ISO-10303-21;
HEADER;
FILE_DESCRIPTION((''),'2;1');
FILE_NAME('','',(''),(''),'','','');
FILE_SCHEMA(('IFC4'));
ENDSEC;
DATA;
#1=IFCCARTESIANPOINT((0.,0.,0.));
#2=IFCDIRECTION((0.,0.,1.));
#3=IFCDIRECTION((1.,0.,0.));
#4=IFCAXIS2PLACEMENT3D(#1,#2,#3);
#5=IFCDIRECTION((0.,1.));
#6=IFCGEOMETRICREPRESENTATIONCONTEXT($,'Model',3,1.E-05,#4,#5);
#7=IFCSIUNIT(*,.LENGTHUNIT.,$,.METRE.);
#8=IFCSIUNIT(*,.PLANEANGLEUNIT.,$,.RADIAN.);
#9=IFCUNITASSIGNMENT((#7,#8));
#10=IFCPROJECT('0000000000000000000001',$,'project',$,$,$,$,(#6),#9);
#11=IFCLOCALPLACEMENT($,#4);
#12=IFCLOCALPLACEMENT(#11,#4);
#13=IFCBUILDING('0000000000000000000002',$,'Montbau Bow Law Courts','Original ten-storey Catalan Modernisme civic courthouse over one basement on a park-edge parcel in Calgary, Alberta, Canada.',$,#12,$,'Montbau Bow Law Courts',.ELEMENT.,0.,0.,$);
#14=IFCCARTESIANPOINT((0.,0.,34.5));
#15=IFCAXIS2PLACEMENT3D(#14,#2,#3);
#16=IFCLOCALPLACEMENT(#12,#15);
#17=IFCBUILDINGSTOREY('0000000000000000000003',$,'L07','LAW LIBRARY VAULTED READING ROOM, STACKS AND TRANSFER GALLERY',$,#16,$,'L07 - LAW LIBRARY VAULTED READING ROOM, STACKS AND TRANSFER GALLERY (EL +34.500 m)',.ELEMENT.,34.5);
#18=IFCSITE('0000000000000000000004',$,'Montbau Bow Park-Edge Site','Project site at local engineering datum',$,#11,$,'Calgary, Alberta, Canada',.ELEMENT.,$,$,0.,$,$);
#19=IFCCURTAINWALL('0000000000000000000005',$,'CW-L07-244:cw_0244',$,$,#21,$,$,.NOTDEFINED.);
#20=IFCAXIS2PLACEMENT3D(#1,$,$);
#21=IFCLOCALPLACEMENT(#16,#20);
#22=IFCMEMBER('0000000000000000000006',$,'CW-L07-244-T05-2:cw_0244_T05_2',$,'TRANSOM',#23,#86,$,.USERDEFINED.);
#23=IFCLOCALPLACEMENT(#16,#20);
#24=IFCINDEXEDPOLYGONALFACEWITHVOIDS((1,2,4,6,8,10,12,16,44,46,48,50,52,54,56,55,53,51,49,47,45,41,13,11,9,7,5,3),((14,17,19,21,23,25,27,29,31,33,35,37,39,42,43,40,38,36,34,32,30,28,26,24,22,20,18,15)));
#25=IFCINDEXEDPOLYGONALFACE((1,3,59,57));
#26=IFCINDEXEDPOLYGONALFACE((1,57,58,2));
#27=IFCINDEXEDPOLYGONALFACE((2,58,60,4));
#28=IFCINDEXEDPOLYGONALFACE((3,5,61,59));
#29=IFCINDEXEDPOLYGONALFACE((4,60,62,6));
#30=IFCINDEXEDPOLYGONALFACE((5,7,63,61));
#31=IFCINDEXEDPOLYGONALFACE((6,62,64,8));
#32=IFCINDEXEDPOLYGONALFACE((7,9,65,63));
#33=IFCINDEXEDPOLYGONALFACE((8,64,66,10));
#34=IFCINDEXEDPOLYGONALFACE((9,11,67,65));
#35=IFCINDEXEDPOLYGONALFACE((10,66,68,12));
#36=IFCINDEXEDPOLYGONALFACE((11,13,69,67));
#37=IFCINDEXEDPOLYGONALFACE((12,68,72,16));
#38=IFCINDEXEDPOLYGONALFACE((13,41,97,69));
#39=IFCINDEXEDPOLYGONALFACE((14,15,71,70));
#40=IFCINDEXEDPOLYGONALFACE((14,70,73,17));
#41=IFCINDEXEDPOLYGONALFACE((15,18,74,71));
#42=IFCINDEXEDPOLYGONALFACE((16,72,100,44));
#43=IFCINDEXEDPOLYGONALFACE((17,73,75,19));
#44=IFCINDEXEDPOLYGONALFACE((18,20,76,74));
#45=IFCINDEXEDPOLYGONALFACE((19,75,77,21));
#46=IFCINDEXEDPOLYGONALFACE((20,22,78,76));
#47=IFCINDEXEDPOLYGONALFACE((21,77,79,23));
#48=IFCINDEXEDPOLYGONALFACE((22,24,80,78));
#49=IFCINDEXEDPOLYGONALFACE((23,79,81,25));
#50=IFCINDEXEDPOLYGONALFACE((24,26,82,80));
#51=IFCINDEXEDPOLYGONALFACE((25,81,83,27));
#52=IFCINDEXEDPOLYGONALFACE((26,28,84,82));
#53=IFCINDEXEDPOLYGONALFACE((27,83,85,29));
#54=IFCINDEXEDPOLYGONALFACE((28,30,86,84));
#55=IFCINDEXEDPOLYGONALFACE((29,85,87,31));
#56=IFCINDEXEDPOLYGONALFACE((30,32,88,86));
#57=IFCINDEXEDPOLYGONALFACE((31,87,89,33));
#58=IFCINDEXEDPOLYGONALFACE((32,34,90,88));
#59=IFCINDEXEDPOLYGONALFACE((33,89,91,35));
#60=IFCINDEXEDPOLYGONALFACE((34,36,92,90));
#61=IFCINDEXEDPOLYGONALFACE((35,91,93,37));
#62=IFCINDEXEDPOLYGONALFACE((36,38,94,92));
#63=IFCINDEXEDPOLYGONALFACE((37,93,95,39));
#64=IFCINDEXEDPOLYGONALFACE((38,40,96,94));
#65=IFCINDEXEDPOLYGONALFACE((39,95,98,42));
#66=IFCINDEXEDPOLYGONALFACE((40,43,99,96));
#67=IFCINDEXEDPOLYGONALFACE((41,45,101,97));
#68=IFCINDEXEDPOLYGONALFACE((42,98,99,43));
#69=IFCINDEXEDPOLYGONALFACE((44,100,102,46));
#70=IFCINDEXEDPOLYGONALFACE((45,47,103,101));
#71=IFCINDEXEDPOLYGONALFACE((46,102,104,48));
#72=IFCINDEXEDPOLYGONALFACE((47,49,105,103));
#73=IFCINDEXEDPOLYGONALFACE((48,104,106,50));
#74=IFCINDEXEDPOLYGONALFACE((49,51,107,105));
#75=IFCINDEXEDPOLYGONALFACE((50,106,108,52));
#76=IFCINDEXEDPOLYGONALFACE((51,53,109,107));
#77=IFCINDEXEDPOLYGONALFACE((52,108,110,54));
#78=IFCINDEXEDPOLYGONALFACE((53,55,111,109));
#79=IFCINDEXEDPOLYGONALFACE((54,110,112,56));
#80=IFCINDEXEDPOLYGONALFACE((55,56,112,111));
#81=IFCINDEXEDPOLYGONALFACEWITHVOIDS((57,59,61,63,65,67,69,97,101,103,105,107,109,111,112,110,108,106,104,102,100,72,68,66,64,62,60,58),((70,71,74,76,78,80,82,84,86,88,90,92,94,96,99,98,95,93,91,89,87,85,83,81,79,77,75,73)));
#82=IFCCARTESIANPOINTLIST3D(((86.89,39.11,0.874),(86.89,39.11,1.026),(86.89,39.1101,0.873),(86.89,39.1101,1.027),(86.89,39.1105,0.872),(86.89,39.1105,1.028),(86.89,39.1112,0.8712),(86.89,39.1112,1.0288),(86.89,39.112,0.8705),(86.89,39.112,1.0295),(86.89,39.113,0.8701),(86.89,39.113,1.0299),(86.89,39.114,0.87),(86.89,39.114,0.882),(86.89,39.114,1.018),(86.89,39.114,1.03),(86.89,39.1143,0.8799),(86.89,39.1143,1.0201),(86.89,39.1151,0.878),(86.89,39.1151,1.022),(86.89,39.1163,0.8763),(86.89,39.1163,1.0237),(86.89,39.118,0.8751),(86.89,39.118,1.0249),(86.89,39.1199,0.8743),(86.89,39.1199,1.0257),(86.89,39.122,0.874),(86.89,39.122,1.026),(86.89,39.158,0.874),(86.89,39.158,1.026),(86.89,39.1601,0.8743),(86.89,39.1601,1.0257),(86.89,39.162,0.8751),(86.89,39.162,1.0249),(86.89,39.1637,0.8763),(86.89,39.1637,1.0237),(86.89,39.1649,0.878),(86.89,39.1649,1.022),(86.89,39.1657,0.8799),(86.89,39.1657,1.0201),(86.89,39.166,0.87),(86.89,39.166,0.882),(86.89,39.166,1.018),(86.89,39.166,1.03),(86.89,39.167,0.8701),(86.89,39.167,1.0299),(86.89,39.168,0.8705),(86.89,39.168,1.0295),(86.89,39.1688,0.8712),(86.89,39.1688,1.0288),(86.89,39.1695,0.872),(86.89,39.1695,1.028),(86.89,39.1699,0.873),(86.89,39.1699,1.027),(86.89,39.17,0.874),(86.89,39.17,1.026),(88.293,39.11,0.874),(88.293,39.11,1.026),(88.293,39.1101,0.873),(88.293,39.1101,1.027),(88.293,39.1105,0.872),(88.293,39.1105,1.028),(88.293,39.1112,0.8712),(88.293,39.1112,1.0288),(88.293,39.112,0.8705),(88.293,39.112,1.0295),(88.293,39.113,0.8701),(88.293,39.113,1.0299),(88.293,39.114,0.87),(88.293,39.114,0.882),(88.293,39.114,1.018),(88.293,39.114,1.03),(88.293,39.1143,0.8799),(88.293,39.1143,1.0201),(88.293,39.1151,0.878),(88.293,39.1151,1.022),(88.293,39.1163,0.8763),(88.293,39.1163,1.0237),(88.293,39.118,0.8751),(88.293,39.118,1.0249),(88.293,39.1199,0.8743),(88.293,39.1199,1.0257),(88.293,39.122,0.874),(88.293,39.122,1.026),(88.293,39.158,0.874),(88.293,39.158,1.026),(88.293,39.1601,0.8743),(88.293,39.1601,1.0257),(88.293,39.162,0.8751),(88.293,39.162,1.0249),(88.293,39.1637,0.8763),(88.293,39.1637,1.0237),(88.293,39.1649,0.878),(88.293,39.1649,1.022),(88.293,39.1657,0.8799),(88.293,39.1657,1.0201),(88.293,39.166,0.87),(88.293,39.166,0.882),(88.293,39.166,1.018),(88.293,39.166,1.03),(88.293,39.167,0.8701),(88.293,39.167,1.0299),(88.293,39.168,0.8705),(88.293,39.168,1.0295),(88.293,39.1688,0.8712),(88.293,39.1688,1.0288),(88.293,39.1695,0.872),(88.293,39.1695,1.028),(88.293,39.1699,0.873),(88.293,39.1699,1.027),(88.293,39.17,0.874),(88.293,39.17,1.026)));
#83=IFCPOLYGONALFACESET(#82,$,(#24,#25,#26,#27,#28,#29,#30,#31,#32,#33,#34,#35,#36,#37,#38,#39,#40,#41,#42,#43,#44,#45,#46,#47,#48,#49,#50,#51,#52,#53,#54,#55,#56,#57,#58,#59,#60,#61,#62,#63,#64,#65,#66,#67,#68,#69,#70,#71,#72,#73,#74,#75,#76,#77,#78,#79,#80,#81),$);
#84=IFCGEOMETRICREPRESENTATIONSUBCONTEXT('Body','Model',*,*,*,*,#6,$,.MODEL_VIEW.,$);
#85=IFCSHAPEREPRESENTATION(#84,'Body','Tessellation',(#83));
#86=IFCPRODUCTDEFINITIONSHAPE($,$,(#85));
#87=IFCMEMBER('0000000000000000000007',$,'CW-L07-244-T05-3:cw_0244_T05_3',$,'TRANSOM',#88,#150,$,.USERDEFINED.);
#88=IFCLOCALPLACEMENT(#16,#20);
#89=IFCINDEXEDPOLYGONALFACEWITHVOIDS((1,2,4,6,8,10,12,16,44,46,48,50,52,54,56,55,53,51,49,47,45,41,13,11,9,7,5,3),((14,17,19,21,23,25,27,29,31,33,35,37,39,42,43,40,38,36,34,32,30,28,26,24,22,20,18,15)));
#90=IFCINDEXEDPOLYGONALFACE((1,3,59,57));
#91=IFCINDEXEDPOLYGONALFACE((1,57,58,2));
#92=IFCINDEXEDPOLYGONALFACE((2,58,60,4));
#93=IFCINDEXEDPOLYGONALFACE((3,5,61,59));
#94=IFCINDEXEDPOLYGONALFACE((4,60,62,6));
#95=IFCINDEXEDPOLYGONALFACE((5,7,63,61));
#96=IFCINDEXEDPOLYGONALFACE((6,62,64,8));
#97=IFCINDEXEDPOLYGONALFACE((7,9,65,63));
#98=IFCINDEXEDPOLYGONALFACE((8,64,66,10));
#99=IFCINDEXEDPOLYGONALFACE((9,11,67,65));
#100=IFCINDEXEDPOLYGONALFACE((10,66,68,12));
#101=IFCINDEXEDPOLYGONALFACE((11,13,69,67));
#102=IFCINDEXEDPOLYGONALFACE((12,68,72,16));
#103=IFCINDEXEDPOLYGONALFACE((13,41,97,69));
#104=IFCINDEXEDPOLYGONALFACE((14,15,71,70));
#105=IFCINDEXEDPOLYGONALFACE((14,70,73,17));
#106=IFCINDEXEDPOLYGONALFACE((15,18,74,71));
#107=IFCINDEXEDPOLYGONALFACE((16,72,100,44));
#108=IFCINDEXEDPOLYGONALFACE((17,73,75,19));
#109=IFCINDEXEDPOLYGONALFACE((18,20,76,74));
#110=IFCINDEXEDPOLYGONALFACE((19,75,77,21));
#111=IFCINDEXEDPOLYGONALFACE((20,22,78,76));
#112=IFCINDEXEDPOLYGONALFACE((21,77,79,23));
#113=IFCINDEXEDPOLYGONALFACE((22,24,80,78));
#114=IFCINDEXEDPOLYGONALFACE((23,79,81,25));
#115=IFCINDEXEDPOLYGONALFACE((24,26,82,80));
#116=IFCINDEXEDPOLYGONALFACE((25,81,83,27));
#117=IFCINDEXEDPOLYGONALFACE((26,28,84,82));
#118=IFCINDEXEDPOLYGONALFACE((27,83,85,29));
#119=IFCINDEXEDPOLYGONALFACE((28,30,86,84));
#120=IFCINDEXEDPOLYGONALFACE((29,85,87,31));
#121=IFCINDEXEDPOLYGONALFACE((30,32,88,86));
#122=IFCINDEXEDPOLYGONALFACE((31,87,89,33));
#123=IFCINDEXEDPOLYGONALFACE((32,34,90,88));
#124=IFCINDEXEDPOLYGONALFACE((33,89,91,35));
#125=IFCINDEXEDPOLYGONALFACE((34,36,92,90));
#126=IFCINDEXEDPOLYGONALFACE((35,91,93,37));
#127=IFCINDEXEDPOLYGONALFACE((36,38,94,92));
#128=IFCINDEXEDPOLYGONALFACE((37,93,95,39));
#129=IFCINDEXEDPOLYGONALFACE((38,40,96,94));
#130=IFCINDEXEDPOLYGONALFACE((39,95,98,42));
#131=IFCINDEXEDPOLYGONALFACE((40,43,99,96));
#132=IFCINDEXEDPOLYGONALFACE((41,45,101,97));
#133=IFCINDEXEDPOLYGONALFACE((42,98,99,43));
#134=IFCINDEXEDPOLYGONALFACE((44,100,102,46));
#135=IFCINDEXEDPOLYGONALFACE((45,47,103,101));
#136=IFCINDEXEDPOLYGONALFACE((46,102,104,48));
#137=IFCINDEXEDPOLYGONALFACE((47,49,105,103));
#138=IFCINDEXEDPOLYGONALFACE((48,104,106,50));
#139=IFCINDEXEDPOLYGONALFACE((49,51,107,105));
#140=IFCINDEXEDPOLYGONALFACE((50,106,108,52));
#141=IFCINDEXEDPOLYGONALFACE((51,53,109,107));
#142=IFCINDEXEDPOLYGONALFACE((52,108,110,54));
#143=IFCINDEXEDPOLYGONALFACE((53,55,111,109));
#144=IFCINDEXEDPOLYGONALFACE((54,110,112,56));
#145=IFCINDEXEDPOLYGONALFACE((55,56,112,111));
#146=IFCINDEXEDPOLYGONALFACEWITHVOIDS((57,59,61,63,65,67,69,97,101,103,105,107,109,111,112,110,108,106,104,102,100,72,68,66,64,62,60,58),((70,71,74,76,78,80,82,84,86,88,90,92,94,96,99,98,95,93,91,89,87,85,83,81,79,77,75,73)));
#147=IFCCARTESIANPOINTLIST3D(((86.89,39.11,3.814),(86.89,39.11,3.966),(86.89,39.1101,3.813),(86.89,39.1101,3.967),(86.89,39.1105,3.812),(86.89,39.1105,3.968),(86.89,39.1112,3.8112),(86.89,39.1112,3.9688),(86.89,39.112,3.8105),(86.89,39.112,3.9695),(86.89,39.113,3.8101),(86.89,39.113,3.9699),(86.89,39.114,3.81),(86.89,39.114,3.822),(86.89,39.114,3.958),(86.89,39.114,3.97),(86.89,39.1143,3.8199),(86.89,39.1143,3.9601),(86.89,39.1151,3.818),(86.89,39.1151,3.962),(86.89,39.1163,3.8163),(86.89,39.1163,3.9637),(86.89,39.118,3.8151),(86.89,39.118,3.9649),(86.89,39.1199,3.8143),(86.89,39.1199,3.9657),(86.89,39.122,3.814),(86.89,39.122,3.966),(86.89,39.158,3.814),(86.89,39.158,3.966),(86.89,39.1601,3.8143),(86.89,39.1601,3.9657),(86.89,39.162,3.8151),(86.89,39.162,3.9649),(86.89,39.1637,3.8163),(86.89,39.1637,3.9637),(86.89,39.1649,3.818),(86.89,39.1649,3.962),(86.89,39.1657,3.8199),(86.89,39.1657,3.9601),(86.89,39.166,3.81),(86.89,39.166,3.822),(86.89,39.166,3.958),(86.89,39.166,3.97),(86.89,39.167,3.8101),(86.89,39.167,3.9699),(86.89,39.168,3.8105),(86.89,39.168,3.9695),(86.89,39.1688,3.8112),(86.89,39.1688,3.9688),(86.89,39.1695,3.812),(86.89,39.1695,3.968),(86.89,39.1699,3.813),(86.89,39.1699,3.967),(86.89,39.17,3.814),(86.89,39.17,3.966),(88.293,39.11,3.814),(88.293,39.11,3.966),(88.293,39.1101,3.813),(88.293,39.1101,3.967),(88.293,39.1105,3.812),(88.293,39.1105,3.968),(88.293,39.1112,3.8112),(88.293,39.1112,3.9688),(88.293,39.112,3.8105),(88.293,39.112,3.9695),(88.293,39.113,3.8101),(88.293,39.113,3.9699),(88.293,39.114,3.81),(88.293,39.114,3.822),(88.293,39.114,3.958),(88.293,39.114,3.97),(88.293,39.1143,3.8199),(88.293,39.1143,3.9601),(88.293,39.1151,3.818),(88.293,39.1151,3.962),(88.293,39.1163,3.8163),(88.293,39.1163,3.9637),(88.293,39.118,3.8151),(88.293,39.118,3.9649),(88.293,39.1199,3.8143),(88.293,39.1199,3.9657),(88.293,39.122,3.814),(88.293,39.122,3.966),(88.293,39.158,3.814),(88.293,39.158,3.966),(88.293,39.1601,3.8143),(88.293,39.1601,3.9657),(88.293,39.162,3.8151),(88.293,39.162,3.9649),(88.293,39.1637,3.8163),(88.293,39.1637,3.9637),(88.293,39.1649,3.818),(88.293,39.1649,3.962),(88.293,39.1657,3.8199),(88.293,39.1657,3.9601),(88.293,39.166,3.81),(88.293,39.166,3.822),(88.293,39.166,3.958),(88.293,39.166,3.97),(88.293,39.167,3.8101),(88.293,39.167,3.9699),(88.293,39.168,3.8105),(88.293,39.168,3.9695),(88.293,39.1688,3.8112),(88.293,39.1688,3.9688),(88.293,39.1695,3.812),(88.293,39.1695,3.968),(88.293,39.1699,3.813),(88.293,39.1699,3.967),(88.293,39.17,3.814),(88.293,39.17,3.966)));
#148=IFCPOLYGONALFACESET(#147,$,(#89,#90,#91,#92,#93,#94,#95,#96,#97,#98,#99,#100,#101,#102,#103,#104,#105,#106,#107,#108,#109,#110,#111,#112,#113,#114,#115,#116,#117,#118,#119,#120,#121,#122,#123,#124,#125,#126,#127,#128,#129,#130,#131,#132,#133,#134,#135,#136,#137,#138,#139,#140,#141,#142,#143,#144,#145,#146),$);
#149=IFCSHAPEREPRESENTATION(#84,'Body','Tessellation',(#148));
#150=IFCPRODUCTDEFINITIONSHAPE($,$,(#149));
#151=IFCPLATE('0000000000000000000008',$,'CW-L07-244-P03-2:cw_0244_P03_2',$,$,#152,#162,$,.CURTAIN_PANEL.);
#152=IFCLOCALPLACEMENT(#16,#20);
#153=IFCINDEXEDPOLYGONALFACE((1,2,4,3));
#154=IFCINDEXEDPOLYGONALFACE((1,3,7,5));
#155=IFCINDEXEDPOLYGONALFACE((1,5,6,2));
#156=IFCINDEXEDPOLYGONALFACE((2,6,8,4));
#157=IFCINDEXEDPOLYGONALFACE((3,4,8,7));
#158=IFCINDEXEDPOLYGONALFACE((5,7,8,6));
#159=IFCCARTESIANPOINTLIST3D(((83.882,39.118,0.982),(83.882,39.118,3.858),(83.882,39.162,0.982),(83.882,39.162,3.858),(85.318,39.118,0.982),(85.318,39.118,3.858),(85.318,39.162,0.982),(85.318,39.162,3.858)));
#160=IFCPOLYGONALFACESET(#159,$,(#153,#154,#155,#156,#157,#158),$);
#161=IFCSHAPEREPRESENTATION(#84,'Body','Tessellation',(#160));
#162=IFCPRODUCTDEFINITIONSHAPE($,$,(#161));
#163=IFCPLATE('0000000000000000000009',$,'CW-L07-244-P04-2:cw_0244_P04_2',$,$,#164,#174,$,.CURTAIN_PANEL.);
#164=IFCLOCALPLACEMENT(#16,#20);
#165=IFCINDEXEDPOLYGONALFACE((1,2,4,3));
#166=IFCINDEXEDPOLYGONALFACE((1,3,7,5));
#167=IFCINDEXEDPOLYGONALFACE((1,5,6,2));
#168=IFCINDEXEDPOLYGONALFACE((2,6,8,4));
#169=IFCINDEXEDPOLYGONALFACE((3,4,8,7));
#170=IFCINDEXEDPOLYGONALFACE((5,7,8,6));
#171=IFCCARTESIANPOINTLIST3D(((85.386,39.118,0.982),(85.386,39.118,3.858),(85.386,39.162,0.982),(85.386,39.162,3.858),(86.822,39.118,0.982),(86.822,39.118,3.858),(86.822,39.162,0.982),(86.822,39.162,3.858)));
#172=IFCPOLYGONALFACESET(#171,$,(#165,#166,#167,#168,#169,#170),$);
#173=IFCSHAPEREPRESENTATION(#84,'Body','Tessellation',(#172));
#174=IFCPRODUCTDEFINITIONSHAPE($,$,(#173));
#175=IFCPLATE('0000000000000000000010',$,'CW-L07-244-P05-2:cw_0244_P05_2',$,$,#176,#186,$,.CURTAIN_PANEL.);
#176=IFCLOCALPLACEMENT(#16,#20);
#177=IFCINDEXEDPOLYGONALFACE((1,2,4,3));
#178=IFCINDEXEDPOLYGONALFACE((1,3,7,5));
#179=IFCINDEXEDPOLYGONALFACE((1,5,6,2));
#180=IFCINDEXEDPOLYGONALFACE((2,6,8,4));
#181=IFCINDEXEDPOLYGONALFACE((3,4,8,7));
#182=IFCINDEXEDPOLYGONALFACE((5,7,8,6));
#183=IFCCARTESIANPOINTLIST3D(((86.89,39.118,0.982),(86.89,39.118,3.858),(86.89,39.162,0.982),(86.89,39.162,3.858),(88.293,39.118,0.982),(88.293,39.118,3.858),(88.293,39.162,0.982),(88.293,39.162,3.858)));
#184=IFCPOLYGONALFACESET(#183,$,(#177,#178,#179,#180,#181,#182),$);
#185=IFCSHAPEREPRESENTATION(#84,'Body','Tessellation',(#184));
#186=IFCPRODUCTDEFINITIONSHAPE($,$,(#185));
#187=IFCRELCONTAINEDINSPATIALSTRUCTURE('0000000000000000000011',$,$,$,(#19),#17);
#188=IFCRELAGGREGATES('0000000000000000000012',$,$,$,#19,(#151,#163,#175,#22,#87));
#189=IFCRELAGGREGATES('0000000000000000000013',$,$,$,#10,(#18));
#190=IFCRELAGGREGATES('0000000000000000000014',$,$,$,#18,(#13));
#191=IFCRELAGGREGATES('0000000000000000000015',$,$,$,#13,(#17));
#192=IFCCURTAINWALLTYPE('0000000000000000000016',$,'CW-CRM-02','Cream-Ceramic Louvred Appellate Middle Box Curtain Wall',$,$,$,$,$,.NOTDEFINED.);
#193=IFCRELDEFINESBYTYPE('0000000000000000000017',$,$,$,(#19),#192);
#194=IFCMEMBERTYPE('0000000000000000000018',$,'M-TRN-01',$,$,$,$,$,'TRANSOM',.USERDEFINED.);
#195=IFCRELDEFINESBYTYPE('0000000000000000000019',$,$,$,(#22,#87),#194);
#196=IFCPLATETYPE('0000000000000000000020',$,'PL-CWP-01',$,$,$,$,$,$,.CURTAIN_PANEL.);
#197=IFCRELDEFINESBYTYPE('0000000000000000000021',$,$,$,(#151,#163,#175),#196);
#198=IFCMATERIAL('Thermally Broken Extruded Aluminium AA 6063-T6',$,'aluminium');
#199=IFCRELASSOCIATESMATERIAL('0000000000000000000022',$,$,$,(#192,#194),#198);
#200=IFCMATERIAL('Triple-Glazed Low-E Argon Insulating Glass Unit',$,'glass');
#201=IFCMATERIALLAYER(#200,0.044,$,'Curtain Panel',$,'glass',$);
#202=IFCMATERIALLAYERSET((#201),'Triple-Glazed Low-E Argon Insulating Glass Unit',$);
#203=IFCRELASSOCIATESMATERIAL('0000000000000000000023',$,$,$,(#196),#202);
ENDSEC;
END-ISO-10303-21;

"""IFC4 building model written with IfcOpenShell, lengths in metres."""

from ifc_helpers import new_model, si_unit, direction, frame, frame_2d, origin_with_axes, origin_2d_with_axis, place, context, subcontext, project, spatial, rectangle, hollow_rectangle, extrude, material, layer, layer_set, material_profile, profile_set, type_object, element, aggregate, save


model = new_model("IFC4")

# Units and contexts
model_context = context("Model", 3, precision=1e-05, world=origin_with_axes(), true_north=direction((0.0, 1.0)))
body_context = subcontext(model_context, "Body", "Model", "MODEL_VIEW")
ifc_project = project(units=[si_unit("LENGTHUNIT", "METRE"), si_unit("PLANEANGLEUNIT", "RADIAN")], contexts=[model_context])

# Site, building, storey
site_placement = place(None, origin_with_axes())
site = spatial("IfcSite", under=ifc_project, at=site_placement, Name="Montbau Bow Park-Edge Site", Description="Project site at local engineering datum", LongName="Calgary, Alberta, Canada", CompositionType="ELEMENT", RefElevation=0.0)
building_placement = place(site_placement, origin_with_axes())
building = spatial("IfcBuilding", under=site, at=building_placement, Name="Montbau Bow Law Courts", Description="Original ten-storey Catalan Modernisme civic courthouse over one basement on a park-edge parcel in Calgary, Alberta, Canada.", LongName="Montbau Bow Law Courts", CompositionType="ELEMENT", ElevationOfRefHeight=0.0, ElevationOfTerrain=0.0)
storey_placement = place(building_placement, frame((0.0, 0.0, 34.5), z_axis=(0.0, 0.0, 1.0), x_axis=(1.0, 0.0, 0.0)))
storey = spatial("IfcBuildingStorey", under=building, at=storey_placement, Name="L07", Description="LAW LIBRARY VAULTED READING ROOM, STACKS AND TRANSFER GALLERY", LongName="L07 - LAW LIBRARY VAULTED READING ROOM, STACKS AND TRANSFER GALLERY (EL +34.500 m)", CompositionType="ELEMENT", Elevation=34.5)

# Curtain wall, members, plates
ifc_material_1 = material(Name="Thermally Broken Extruded Aluminium AA 6063-T6", Category="aluminium")
curtain_wall_type = type_object("IfcCurtainWallType", Name="CW-CRM-02", Description="Cream-Ceramic Louvred Appellate Middle Box Curtain Wall", PredefinedType="NOTDEFINED", material=ifc_material_1)
curtain_wall_placement = place(None, frame((80.84, 39.14, 34.5), z_axis=(0.0, 0.0, 1.0), x_axis=(1.0, 0.0, 0.0)))
curtain_wall = element("IfcCurtainWall", 1, at=curtain_wall_placement, inside=storey, type_object=curtain_wall_type, Name="CW-L07-244:cw_0244", PredefinedType="NOTDEFINED")
ifc_material_profile_1 = material_profile(ifc_material_1, hollow_rectangle(XDim=0.06, YDim=0.16, WallThickness=0.004, InnerFilletRadius=0.008, OuterFilletRadius=0.004, at=origin_2d_with_axis()), Name="CWT-160X60", Category="Main", Priority=0)
ifc_profile_set_1 = profile_set([ifc_material_profile_1], Name="Thermally Broken Extruded Aluminium AA 6063-T6")
member_type_1 = type_object("IfcMemberType", Name="M-TRN-01", ElementType="TRANSOM", PredefinedType="USERDEFINED", material=ifc_profile_set_1)
member_1_placement = place(None, frame((86.89, 39.14, 35.45), z_axis=(1.0, 0.0, 0.0), x_axis=(0.0, 1.0, 0.0)))
member_1 = element("IfcMember", 2, at=member_1_placement, type_object=member_type_1, Name="CW-L07-244-T05-2:cw_0244_T05_2", ObjectType="TRANSOM", PredefinedType="USERDEFINED", context=body_context, shape_type="SweptSolid", body=[
    extrude(hollow_rectangle(XDim=0.06, YDim=0.16, WallThickness=0.004, InnerFilletRadius=0.008, OuterFilletRadius=0.004, at=origin_2d_with_axis()), origin_with_axes(), (0.0, 0.0, 1.0), 1.403),
])
member_2_placement = place(None, frame((86.89, 39.14, 38.39), z_axis=(1.0, 0.0, 0.0), x_axis=(0.0, 1.0, 0.0)))
member_2 = element("IfcMember", 3, at=member_2_placement, type_object=member_type_1, Name="CW-L07-244-T05-3:cw_0244_T05_3", ObjectType="TRANSOM", PredefinedType="USERDEFINED", context=body_context, shape_type="SweptSolid", body=[
    extrude(hollow_rectangle(XDim=0.06, YDim=0.16, WallThickness=0.004, InnerFilletRadius=0.008, OuterFilletRadius=0.004, at=origin_2d_with_axis()), origin_with_axes(), (0.0, 0.0, 1.0), 1.403),
])
ifc_material_2 = material(Name="Triple-Glazed Low-E Argon Insulating Glass Unit", Category="glass")
ifc_layer_1 = layer(ifc_material_2, 0.044, Name="Curtain Panel", Category="glass")
ifc_layer_set_1 = layer_set([ifc_layer_1], Name="Triple-Glazed Low-E Argon Insulating Glass Unit")
plate_type_1 = type_object("IfcPlateType", Name="PL-CWP-01", PredefinedType="CURTAIN_PANEL", material=ifc_layer_set_1)
plate_1_placement = place(None, frame((83.882, 39.14, 35.482), z_axis=(0.0, -1.0, 0.0), x_axis=(1.0, 0.0, 0.0)))
plate_1 = element("IfcPlate", 4, at=plate_1_placement, type_object=plate_type_1, Name="CW-L07-244-P03-2:cw_0244_P03_2", PredefinedType="CURTAIN_PANEL", context=body_context, shape_type="SweptSolid", body=[
    extrude(rectangle(XDim=1.436, YDim=2.876, at=frame_2d((0.718, 1.438), x_axis=(1.0, 0.0))), frame((0.0, 0.0, -0.022), z_axis=(0.0, 0.0, 1.0), x_axis=(1.0, 0.0, 0.0)), (0.0, 0.0, 1.0), 0.044),
])
plate_2_placement = place(None, frame((85.386, 39.14, 35.482), z_axis=(0.0, -1.0, 0.0), x_axis=(1.0, 0.0, 0.0)))
plate_2 = element("IfcPlate", 5, at=plate_2_placement, type_object=plate_type_1, Name="CW-L07-244-P04-2:cw_0244_P04_2", PredefinedType="CURTAIN_PANEL", context=body_context, shape_type="SweptSolid", body=[
    extrude(rectangle(XDim=1.436, YDim=2.876, at=frame_2d((0.718, 1.438), x_axis=(1.0, 0.0))), frame((0.0, 0.0, -0.022), z_axis=(0.0, 0.0, 1.0), x_axis=(1.0, 0.0, 0.0)), (0.0, 0.0, 1.0), 0.044),
])
plate_3_placement = place(None, frame((86.89, 39.14, 35.482), z_axis=(0.0, -1.0, 0.0), x_axis=(1.0, 0.0, 0.0)))
plate_3 = element("IfcPlate", 6, at=plate_3_placement, type_object=plate_type_1, Name="CW-L07-244-P05-2:cw_0244_P05_2", PredefinedType="CURTAIN_PANEL", context=body_context, shape_type="SweptSolid", body=[
    extrude(rectangle(XDim=1.403, YDim=2.876, at=frame_2d((0.7015, 1.438), x_axis=(1.0, 0.0))), frame((0.0, 0.0, -0.022), z_axis=(0.0, 0.0, 1.0), x_axis=(1.0, 0.0, 0.0)), (0.0, 0.0, 1.0), 0.044),
])
aggregate(curtain_wall, [plate_1, plate_2, plate_3, member_1, member_2])

save(model, "model.ifc")
